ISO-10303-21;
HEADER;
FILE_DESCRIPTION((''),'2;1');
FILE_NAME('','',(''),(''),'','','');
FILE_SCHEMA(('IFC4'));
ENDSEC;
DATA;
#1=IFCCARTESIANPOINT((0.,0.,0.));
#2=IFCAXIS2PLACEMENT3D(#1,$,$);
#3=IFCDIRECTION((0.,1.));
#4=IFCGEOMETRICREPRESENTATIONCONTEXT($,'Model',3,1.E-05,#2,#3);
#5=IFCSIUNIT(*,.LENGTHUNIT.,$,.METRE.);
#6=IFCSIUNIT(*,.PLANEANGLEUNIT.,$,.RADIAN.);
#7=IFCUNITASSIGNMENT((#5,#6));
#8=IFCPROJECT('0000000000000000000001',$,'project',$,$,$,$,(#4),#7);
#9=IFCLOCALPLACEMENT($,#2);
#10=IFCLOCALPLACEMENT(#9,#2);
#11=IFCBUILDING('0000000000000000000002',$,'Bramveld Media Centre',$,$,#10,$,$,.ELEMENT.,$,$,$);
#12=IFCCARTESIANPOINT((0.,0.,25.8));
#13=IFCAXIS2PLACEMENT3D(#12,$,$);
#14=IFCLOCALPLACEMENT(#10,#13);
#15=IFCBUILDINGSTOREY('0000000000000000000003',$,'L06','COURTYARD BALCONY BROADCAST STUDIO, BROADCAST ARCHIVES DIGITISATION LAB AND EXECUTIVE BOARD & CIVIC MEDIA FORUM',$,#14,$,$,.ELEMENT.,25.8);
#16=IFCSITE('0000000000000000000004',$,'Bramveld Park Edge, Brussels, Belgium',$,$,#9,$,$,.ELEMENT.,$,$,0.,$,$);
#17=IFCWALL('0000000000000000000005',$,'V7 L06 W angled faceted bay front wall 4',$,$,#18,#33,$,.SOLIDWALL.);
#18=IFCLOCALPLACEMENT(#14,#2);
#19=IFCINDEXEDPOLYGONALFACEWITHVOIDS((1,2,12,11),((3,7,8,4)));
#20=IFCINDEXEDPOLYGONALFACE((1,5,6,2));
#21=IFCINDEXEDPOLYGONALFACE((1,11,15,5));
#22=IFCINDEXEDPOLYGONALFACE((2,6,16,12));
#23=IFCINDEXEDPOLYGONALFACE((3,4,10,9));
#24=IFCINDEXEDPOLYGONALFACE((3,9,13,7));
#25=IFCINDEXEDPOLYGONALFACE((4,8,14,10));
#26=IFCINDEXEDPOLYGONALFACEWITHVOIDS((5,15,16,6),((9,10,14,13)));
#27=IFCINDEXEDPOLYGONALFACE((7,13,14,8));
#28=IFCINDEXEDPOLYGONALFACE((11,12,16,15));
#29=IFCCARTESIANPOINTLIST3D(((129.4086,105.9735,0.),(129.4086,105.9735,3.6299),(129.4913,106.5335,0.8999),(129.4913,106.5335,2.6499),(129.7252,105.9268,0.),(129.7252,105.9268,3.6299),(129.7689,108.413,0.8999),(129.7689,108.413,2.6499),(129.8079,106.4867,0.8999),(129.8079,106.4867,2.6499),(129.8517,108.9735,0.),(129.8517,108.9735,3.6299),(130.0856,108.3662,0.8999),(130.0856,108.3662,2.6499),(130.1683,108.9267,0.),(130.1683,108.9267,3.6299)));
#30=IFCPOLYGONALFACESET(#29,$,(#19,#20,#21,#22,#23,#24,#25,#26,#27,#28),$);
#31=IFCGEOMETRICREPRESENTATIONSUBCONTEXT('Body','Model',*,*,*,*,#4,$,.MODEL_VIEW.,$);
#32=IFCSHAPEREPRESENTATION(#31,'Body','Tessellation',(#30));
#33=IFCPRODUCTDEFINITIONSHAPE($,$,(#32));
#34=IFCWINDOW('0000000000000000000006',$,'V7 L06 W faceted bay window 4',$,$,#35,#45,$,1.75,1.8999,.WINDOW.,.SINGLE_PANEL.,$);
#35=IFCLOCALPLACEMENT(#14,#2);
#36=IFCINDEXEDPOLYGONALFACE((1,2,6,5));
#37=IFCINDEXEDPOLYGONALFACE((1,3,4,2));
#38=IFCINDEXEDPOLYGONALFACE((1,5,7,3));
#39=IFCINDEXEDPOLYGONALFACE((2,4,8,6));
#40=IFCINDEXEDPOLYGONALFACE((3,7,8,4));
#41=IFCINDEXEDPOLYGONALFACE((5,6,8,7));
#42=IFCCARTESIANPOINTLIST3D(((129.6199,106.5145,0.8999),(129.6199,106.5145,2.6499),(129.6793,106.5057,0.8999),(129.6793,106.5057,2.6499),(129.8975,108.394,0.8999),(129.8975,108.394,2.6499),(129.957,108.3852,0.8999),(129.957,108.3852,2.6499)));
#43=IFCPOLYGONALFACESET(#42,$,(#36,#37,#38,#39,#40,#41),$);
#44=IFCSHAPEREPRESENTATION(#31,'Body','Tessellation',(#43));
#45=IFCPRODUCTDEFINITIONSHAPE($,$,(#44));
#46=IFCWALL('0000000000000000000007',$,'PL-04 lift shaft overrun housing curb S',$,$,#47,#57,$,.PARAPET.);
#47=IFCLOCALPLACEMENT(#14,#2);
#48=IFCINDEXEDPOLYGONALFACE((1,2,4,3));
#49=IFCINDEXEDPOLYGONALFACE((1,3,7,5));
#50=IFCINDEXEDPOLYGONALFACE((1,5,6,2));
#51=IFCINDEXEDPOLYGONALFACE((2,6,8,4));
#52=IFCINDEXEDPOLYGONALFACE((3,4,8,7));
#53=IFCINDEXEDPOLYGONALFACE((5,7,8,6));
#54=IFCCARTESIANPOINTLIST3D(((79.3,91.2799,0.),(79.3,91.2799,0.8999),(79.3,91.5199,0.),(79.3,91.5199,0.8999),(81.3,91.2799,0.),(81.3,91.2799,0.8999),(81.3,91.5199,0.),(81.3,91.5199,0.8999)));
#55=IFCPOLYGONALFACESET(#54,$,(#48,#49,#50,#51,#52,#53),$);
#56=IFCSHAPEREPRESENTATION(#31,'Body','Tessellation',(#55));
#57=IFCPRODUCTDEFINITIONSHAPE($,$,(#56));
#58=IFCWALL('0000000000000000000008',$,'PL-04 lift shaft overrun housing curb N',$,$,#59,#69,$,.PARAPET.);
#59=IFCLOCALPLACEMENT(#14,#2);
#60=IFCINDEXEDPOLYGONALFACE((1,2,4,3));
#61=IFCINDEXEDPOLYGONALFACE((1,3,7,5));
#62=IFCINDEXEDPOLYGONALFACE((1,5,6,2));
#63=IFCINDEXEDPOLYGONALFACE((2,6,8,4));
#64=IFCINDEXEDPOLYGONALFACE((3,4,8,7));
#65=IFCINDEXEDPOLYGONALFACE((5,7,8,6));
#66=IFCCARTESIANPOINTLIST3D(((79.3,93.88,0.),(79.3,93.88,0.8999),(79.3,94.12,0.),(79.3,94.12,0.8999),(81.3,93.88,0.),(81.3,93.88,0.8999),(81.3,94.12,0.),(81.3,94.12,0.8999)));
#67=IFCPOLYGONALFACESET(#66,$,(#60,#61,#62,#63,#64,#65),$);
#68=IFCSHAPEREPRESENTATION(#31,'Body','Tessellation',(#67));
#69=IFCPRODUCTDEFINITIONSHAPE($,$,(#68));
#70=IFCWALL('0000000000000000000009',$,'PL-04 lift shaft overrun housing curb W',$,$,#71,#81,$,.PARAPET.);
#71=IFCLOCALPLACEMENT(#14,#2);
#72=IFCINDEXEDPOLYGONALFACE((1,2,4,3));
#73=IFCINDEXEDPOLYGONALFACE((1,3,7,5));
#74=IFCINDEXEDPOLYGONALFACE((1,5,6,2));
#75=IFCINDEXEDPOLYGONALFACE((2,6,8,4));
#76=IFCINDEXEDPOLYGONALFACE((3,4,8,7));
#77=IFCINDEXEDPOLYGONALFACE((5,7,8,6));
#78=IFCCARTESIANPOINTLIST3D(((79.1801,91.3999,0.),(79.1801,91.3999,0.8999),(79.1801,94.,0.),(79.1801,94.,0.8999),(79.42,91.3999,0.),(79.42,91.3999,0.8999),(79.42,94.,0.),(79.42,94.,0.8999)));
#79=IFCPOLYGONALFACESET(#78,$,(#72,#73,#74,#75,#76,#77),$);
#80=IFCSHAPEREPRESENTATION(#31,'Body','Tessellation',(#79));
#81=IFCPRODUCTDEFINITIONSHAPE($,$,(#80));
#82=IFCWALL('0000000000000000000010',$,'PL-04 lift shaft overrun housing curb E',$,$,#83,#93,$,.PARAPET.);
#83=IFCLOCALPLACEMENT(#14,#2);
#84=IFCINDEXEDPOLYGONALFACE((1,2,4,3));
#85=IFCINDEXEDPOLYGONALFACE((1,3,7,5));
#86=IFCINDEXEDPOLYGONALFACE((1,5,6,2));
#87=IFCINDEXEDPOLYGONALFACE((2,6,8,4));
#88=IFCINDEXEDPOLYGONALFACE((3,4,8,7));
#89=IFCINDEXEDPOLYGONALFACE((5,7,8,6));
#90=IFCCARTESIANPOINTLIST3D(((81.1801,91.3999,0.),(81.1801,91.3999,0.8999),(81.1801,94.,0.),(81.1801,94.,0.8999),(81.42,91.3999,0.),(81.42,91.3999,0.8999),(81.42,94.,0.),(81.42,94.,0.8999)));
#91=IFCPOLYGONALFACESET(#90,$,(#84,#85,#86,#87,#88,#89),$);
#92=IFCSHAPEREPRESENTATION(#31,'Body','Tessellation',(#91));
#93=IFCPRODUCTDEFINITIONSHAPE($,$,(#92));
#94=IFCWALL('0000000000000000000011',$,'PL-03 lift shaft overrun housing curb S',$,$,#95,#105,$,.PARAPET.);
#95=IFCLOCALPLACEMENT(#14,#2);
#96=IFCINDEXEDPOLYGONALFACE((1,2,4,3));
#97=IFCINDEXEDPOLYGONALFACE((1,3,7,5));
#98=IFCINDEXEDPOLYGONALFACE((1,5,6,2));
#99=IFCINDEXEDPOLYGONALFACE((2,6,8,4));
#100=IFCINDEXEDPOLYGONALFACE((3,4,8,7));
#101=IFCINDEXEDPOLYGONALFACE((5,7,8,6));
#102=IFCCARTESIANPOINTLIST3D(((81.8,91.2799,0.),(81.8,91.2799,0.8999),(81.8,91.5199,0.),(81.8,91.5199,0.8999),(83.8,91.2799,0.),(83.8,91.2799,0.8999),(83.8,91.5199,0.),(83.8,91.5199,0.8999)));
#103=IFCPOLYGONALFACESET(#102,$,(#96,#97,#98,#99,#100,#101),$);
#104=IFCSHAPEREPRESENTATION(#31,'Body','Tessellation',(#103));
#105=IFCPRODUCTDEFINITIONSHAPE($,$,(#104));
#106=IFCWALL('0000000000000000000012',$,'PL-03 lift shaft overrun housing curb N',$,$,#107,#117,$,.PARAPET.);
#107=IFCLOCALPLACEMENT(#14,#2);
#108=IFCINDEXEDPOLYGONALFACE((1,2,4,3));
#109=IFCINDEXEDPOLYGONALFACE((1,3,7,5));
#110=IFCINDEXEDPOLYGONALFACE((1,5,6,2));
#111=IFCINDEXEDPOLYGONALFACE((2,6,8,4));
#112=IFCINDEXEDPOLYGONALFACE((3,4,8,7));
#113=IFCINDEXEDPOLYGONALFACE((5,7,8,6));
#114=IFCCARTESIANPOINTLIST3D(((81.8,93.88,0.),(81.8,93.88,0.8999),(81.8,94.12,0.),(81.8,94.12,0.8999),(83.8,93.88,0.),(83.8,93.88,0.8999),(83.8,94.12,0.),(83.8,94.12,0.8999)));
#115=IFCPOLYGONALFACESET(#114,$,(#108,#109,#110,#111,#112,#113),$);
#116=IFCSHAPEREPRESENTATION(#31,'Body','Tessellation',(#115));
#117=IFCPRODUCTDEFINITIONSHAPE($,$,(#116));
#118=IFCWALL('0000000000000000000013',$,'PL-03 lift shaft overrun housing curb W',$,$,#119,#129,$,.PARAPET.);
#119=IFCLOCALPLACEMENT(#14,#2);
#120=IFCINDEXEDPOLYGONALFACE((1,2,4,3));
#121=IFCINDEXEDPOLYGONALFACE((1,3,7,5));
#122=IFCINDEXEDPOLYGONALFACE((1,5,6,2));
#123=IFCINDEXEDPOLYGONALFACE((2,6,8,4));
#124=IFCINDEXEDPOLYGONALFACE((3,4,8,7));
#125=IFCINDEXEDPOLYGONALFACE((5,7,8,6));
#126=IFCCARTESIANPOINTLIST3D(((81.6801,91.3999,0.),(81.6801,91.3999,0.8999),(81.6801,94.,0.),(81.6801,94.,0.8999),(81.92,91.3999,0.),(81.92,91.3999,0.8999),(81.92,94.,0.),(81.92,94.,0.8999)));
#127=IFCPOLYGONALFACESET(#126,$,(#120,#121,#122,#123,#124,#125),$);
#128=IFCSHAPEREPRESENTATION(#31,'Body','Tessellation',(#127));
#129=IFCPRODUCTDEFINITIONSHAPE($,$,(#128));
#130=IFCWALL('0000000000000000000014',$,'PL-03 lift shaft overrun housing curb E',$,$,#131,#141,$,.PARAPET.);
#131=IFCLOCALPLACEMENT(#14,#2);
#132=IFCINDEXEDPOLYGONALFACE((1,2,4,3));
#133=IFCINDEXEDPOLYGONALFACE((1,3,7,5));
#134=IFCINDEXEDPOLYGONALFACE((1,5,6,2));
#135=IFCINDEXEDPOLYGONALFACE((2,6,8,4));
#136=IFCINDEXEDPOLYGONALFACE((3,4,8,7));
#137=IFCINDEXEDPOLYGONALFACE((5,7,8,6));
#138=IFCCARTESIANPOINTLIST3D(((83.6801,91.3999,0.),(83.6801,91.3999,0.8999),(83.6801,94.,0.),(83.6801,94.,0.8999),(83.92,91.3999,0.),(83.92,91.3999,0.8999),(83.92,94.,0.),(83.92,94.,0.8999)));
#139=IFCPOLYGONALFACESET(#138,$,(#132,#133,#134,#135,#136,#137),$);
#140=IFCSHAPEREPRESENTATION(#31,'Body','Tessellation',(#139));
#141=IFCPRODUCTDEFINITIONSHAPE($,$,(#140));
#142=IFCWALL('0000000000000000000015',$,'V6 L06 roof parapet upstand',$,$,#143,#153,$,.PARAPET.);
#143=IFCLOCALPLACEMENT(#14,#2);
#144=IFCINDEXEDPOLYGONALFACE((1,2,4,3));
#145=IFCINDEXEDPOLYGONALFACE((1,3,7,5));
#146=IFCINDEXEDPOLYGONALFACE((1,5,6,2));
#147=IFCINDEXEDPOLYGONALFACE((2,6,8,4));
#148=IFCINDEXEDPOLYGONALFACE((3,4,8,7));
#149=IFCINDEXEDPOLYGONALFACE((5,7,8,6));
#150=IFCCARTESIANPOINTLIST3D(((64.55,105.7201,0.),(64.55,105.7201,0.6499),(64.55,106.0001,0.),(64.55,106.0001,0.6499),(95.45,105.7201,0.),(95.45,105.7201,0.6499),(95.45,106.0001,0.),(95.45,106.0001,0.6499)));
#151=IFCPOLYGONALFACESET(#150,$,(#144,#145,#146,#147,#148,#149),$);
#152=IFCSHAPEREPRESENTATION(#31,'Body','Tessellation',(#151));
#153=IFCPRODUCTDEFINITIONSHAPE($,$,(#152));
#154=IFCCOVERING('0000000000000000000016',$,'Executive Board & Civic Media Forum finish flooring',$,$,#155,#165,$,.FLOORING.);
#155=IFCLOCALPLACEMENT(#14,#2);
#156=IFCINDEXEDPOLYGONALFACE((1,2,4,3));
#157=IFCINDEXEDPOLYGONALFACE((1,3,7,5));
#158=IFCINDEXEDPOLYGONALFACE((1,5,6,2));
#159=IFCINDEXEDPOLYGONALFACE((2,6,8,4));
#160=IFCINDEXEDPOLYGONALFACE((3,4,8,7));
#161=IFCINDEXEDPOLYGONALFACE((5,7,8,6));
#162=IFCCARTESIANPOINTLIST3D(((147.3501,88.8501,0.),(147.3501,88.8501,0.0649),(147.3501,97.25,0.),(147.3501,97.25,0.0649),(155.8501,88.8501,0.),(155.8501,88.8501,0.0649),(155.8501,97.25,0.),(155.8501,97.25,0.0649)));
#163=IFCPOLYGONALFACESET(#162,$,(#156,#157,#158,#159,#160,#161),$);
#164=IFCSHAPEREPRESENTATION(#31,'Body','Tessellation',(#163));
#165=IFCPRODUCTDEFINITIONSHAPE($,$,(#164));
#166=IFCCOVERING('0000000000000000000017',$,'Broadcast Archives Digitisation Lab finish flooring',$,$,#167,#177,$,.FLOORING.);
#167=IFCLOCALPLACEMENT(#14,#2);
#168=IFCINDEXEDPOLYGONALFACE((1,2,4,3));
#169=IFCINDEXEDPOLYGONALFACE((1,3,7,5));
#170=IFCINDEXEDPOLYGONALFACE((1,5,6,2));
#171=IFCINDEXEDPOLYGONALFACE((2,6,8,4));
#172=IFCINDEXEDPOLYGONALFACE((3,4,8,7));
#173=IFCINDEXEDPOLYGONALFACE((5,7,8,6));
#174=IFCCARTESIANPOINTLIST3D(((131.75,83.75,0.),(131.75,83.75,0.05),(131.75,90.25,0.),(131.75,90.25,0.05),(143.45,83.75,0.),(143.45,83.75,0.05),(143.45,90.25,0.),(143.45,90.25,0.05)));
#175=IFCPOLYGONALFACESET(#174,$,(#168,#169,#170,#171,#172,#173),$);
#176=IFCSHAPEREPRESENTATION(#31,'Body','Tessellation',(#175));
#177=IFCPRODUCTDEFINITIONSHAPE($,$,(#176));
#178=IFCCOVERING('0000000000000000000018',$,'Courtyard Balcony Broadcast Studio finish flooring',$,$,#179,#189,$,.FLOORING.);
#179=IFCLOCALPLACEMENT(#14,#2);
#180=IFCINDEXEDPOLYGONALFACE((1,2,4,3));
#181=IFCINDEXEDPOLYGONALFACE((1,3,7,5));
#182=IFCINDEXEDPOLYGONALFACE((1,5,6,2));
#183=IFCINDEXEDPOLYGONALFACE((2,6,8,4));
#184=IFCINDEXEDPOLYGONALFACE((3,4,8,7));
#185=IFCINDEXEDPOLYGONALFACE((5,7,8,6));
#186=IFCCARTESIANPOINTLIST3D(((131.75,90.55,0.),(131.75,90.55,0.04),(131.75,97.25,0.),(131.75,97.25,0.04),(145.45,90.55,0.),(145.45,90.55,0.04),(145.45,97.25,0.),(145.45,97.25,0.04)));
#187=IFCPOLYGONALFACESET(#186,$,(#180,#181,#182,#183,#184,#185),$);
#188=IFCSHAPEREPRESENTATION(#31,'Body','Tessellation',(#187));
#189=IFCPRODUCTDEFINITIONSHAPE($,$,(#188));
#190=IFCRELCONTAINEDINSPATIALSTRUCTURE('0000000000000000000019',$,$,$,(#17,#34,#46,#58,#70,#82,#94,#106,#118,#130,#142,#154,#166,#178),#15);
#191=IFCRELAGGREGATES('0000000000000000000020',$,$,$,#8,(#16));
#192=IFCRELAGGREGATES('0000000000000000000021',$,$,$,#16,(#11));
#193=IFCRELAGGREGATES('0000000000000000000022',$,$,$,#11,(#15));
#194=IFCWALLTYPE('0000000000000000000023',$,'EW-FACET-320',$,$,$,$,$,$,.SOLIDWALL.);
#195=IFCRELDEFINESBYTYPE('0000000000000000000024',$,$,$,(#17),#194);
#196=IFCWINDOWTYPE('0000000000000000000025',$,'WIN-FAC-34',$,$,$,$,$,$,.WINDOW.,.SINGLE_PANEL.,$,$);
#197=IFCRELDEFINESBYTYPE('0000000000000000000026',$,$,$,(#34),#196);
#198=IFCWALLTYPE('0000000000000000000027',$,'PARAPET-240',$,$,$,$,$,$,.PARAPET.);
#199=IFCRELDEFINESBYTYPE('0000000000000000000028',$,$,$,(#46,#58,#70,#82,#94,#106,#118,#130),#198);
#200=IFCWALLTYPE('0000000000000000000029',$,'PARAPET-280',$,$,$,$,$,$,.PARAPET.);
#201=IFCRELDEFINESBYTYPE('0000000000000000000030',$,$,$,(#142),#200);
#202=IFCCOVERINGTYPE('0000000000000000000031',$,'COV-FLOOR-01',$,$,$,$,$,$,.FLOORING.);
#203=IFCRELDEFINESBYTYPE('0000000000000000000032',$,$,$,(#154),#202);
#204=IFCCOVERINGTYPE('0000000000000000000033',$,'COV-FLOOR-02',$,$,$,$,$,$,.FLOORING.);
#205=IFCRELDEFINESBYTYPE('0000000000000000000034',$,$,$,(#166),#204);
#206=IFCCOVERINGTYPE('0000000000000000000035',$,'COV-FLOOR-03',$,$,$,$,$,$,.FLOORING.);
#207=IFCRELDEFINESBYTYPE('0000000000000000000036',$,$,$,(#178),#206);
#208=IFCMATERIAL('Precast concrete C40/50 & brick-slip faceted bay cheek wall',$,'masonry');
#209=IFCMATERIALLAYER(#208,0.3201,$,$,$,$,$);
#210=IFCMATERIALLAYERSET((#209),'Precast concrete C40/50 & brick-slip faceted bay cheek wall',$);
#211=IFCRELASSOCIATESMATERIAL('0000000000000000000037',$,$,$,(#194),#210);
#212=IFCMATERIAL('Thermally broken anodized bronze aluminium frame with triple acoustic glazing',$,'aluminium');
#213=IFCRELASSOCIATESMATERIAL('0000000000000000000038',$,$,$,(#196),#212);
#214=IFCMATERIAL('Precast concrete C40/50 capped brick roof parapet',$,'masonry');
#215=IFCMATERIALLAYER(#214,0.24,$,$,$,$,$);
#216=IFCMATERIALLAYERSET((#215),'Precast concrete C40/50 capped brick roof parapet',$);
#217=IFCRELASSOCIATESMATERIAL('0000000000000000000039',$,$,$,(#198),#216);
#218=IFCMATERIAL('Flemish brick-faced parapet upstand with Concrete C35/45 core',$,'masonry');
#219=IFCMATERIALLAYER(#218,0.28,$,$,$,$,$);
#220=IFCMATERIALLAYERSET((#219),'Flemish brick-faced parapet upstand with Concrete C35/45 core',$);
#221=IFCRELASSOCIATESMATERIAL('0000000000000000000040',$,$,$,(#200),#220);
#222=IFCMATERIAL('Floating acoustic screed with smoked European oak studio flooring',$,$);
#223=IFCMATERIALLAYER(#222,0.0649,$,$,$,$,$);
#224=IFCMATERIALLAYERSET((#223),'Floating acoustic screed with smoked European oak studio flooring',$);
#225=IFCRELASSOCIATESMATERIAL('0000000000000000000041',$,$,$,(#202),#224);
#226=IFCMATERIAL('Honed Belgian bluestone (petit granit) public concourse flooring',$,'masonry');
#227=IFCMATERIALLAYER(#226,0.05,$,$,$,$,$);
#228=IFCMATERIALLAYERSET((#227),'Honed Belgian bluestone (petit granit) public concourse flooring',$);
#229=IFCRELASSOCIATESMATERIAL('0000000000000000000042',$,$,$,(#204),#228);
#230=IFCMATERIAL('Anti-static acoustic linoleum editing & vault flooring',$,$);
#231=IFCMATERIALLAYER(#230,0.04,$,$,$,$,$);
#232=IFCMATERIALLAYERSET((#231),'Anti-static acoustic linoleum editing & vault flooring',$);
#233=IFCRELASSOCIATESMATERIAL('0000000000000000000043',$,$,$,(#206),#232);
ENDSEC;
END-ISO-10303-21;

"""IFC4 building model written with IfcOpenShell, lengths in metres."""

from ifc_helpers import new_model, si_unit, direction, frame, frame_2d, origin, place, context, subcontext, project, spatial, polyline, rectangle, outline, extrude, material, layer, layer_set, type_object, element, fill, save


model = new_model("IFC4")

# Units and contexts
model_context = context("Model", 3, precision=1e-05, world=origin(), true_north=direction((0.0, 1.0)))
body_context = subcontext(model_context, "Body", "Model", "MODEL_VIEW")
ifc_project = project(units=[si_unit("LENGTHUNIT", "METRE"), si_unit("PLANEANGLEUNIT", "RADIAN")], contexts=[model_context])

# Site, building, storey
site_placement = place(None, origin())
site = spatial("IfcSite", under=ifc_project, at=site_placement, Name="Bramveld Park Edge, Brussels, Belgium", CompositionType="ELEMENT", RefElevation=0.0)
building_placement = place(site_placement, origin())
building = spatial("IfcBuilding", under=site, at=building_placement, Name="Bramveld Media Centre", CompositionType="ELEMENT")
storey_placement = place(building_placement, frame((0.0, 0.0, 25.8)))
storey = spatial("IfcBuildingStorey", under=building, at=storey_placement, Name="L06", Description="COURTYARD BALCONY BROADCAST STUDIO, BROADCAST ARCHIVES DIGITISATION LAB AND EXECUTIVE BOARD & CIVIC MEDIA FORUM", CompositionType="ELEMENT", Elevation=25.8)

# Wall, opening, window
ifc_material_1 = material(Name="Precast concrete C40/50 & brick-slip faceted bay cheek wall", Category="masonry")
ifc_layer_1 = layer(ifc_material_1, 0.3201)
ifc_layer_set_1 = layer_set([ifc_layer_1], Name="Precast concrete C40/50 & brick-slip faceted bay cheek wall")
wall_type_1 = type_object("IfcWallType", Name="EW-FACET-320", PredefinedType="SOLIDWALL", material=ifc_layer_set_1)
wall_1_placement = place(storey_placement, frame((130.01, 108.95, 0.0), z_axis=(0.0, 0.0, 1.0), x_axis=(-0.14612, -0.989267, 0.0)))
wall_1 = element("IfcWall", 1, at=wall_1_placement, inside=storey, type_object=wall_type_1, Name="V7 L06 W angled faceted bay front wall 4", PredefinedType="SOLIDWALL", context=body_context, shape_type="SweptSolid", body=[
    extrude(rectangle(XDim=3.0325, YDim=0.3201, at=frame_2d((1.5161, 0.0))), origin(), (0.0, 0.0, 1.0), 3.6299),
])
opening_1_placement = place(wall_1_placement, frame((0.5664, 0.0, 0.8999)))
opening_1 = element("IfcOpeningElement", 2, at=opening_1_placement, cuts=wall_1, PredefinedType="OPENING", context=body_context, shape_type="SweptSolid", body=[
    extrude(rectangle(XDim=1.8999, YDim=1.75, at=frame_2d((0.95, 0.875))), frame((0.0, 0.1719, 0.0), z_axis=(0.0, -1.0, 0.0), x_axis=(1.0, 0.0, 0.0)), (0.0, 0.0, 1.0), 0.344),
])
ifc_material_2 = material(Name="Thermally broken anodized bronze aluminium frame with triple acoustic glazing", Category="aluminium")
window_type_1 = type_object("IfcWindowType", Name="WIN-FAC-34", PartitioningType="SINGLE_PANEL", PredefinedType="WINDOW", material=ifc_material_2)
window_1_placement = place(opening_1_placement, origin())
window_1 = element("IfcWindow", 3, at=window_1_placement, inside=storey, type_object=window_type_1, Name="V7 L06 W faceted bay window 4", OverallHeight=1.75, OverallWidth=1.8999, PartitioningType="SINGLE_PANEL", PredefinedType="WINDOW", context=body_context, shape_type="SweptSolid", body=[
    extrude(rectangle(XDim=1.8999, YDim=1.75, at=frame_2d((0.95, 0.875))), frame((0.0, 0.03, 0.0), z_axis=(0.0, -1.0, 0.0), x_axis=(1.0, 0.0, 0.0)), (0.0, 0.0, 1.0), 0.0601),
])
fill(opening_1, window_1)

# Walls
ifc_material_3 = material(Name="Precast concrete C40/50 capped brick roof parapet", Category="masonry")
ifc_layer_2 = layer(ifc_material_3, 0.24)
ifc_layer_set_2 = layer_set([ifc_layer_2], Name="Precast concrete C40/50 capped brick roof parapet")
wall_type_2 = type_object("IfcWallType", Name="PARAPET-240", PredefinedType="PARAPET", material=ifc_layer_set_2)
for number, where, z_axis, x_axis, name in (
    (4, (79.3, 91.3999, 0.0), (0.0, 0.0, 1.0), (1.0, 0.0, 0.0), "PL-04 lift shaft overrun housing curb S"),
    (5, (81.3, 94.0, 0.0), (0.0, 0.0, 1.0), (-1.0, 0.0, 0.0), "PL-04 lift shaft overrun housing curb N"),
):
    element("IfcWall", number, at=place(storey_placement, frame(where, z_axis=z_axis, x_axis=x_axis)), inside=storey, type_object=wall_type_2, Name=name, PredefinedType="PARAPET", context=body_context, shape_type="SweptSolid", body=[
        extrude(rectangle(XDim=2.0, YDim=0.24, at=frame_2d((1.0, 0.0))), origin(), (0.0, 0.0, 1.0), 0.8999),
    ])
for number, where, z_axis, x_axis, name in (
    (6, (79.3, 94.0, 0.0), (0.0, 0.0, 1.0), (0.0, -1.0, 0.0), "PL-04 lift shaft overrun housing curb W"),
    (7, (81.3, 91.3999, 0.0), (0.0, 0.0, 1.0), (0.0, 1.0, 0.0), "PL-04 lift shaft overrun housing curb E"),
):
    element("IfcWall", number, at=place(storey_placement, frame(where, z_axis=z_axis, x_axis=x_axis)), inside=storey, type_object=wall_type_2, Name=name, PredefinedType="PARAPET", context=body_context, shape_type="SweptSolid", body=[
        extrude(rectangle(XDim=2.6001, YDim=0.24, at=frame_2d((1.3, 0.0))), origin(), (0.0, 0.0, 1.0), 0.8999),
    ])
for number, where, z_axis, x_axis, name in (
    (8, (81.8, 91.3999, 0.0), (0.0, 0.0, 1.0), (1.0, 0.0, 0.0), "PL-03 lift shaft overrun housing curb S"),
    (9, (83.8, 94.0, 0.0), (0.0, 0.0, 1.0), (-1.0, 0.0, 0.0), "PL-03 lift shaft overrun housing curb N"),
):
    element("IfcWall", number, at=place(storey_placement, frame(where, z_axis=z_axis, x_axis=x_axis)), inside=storey, type_object=wall_type_2, Name=name, PredefinedType="PARAPET", context=body_context, shape_type="SweptSolid", body=[
        extrude(rectangle(XDim=2.0, YDim=0.24, at=frame_2d((1.0, 0.0))), origin(), (0.0, 0.0, 1.0), 0.8999),
    ])
for number, where, z_axis, x_axis, name in (
    (10, (81.8, 94.0, 0.0), (0.0, 0.0, 1.0), (0.0, -1.0, 0.0), "PL-03 lift shaft overrun housing curb W"),
    (11, (83.8, 91.3999, 0.0), (0.0, 0.0, 1.0), (0.0, 1.0, 0.0), "PL-03 lift shaft overrun housing curb E"),
):
    element("IfcWall", number, at=place(storey_placement, frame(where, z_axis=z_axis, x_axis=x_axis)), inside=storey, type_object=wall_type_2, Name=name, PredefinedType="PARAPET", context=body_context, shape_type="SweptSolid", body=[
        extrude(rectangle(XDim=2.6001, YDim=0.24, at=frame_2d((1.3, 0.0))), origin(), (0.0, 0.0, 1.0), 0.8999),
    ])
ifc_material_4 = material(Name="Flemish brick-faced parapet upstand with Concrete C35/45 core", Category="masonry")
ifc_layer_3 = layer(ifc_material_4, 0.28)
ifc_layer_set_3 = layer_set([ifc_layer_3], Name="Flemish brick-faced parapet upstand with Concrete C35/45 core")
wall_type_3 = type_object("IfcWallType", Name="PARAPET-280", PredefinedType="PARAPET", material=ifc_layer_set_3)
wall_2_placement = place(storey_placement, frame((64.55, 105.8601, 0.0), z_axis=(0.0, 0.0, 1.0), x_axis=(1.0, 0.0, 0.0)))
element("IfcWall", 12, at=wall_2_placement, inside=storey, type_object=wall_type_3, Name="V6 L06 roof parapet upstand", PredefinedType="PARAPET", context=body_context, shape_type="SweptSolid", body=[
    extrude(rectangle(XDim=30.8999, YDim=0.28, at=frame_2d((15.45, 0.0))), origin(), (0.0, 0.0, 1.0), 0.6499),
])

# Coverings
ifc_material_5 = material(Name="Floating acoustic screed with smoked European oak studio flooring")
ifc_layer_4 = layer(ifc_material_5, 0.0649)
ifc_layer_set_4 = layer_set([ifc_layer_4], Name="Floating acoustic screed with smoked European oak studio flooring")
covering_type_1 = type_object("IfcCoveringType", Name="COV-FLOOR-01", PredefinedType="FLOORING", material=ifc_layer_set_4)
covering_1_placement = place(storey_placement, origin())
element("IfcCovering", 13, at=covering_1_placement, inside=storey, type_object=covering_type_1, Name="Executive Board & Civic Media Forum finish flooring", PredefinedType="FLOORING", context=body_context, shape_type="SweptSolid", body=[
    extrude(outline(polyline([(147.3501, 88.8501), (155.8501, 88.8501), (155.8501, 97.25), (147.3501, 97.25), (147.3501, 88.8501)])), origin(), (0.0, 0.0, 1.0), 0.0649),
])
ifc_material_6 = material(Name="Honed Belgian bluestone (petit granit) public concourse flooring", Category="masonry")
ifc_layer_5 = layer(ifc_material_6, 0.05)
ifc_layer_set_5 = layer_set([ifc_layer_5], Name="Honed Belgian bluestone (petit granit) public concourse flooring")
covering_type_2 = type_object("IfcCoveringType", Name="COV-FLOOR-02", PredefinedType="FLOORING", material=ifc_layer_set_5)
covering_2_placement = place(storey_placement, origin())
element("IfcCovering", 14, at=covering_2_placement, inside=storey, type_object=covering_type_2, Name="Broadcast Archives Digitisation Lab finish flooring", PredefinedType="FLOORING", context=body_context, shape_type="SweptSolid", body=[
    extrude(outline(polyline([(131.75, 83.75), (143.45, 83.75), (143.45, 90.25), (131.75, 90.25), (131.75, 83.75)])), origin(), (0.0, 0.0, 1.0), 0.05),
])
ifc_material_7 = material(Name="Anti-static acoustic linoleum editing & vault flooring")
ifc_layer_6 = layer(ifc_material_7, 0.04)
ifc_layer_set_6 = layer_set([ifc_layer_6], Name="Anti-static acoustic linoleum editing & vault flooring")
covering_type_3 = type_object("IfcCoveringType", Name="COV-FLOOR-03", PredefinedType="FLOORING", material=ifc_layer_set_6)
covering_3_placement = place(storey_placement, origin())
element("IfcCovering", 15, at=covering_3_placement, inside=storey, type_object=covering_type_3, Name="Courtyard Balcony Broadcast Studio finish flooring", PredefinedType="FLOORING", context=body_context, shape_type="SweptSolid", body=[
    extrude(outline(polyline([(131.75, 90.55), (145.45, 90.55), (145.45, 97.25), (131.75, 97.25), (131.75, 90.55)])), origin(), (0.0, 0.0, 1.0), 0.04),
])

save(model, "model.ifc")
